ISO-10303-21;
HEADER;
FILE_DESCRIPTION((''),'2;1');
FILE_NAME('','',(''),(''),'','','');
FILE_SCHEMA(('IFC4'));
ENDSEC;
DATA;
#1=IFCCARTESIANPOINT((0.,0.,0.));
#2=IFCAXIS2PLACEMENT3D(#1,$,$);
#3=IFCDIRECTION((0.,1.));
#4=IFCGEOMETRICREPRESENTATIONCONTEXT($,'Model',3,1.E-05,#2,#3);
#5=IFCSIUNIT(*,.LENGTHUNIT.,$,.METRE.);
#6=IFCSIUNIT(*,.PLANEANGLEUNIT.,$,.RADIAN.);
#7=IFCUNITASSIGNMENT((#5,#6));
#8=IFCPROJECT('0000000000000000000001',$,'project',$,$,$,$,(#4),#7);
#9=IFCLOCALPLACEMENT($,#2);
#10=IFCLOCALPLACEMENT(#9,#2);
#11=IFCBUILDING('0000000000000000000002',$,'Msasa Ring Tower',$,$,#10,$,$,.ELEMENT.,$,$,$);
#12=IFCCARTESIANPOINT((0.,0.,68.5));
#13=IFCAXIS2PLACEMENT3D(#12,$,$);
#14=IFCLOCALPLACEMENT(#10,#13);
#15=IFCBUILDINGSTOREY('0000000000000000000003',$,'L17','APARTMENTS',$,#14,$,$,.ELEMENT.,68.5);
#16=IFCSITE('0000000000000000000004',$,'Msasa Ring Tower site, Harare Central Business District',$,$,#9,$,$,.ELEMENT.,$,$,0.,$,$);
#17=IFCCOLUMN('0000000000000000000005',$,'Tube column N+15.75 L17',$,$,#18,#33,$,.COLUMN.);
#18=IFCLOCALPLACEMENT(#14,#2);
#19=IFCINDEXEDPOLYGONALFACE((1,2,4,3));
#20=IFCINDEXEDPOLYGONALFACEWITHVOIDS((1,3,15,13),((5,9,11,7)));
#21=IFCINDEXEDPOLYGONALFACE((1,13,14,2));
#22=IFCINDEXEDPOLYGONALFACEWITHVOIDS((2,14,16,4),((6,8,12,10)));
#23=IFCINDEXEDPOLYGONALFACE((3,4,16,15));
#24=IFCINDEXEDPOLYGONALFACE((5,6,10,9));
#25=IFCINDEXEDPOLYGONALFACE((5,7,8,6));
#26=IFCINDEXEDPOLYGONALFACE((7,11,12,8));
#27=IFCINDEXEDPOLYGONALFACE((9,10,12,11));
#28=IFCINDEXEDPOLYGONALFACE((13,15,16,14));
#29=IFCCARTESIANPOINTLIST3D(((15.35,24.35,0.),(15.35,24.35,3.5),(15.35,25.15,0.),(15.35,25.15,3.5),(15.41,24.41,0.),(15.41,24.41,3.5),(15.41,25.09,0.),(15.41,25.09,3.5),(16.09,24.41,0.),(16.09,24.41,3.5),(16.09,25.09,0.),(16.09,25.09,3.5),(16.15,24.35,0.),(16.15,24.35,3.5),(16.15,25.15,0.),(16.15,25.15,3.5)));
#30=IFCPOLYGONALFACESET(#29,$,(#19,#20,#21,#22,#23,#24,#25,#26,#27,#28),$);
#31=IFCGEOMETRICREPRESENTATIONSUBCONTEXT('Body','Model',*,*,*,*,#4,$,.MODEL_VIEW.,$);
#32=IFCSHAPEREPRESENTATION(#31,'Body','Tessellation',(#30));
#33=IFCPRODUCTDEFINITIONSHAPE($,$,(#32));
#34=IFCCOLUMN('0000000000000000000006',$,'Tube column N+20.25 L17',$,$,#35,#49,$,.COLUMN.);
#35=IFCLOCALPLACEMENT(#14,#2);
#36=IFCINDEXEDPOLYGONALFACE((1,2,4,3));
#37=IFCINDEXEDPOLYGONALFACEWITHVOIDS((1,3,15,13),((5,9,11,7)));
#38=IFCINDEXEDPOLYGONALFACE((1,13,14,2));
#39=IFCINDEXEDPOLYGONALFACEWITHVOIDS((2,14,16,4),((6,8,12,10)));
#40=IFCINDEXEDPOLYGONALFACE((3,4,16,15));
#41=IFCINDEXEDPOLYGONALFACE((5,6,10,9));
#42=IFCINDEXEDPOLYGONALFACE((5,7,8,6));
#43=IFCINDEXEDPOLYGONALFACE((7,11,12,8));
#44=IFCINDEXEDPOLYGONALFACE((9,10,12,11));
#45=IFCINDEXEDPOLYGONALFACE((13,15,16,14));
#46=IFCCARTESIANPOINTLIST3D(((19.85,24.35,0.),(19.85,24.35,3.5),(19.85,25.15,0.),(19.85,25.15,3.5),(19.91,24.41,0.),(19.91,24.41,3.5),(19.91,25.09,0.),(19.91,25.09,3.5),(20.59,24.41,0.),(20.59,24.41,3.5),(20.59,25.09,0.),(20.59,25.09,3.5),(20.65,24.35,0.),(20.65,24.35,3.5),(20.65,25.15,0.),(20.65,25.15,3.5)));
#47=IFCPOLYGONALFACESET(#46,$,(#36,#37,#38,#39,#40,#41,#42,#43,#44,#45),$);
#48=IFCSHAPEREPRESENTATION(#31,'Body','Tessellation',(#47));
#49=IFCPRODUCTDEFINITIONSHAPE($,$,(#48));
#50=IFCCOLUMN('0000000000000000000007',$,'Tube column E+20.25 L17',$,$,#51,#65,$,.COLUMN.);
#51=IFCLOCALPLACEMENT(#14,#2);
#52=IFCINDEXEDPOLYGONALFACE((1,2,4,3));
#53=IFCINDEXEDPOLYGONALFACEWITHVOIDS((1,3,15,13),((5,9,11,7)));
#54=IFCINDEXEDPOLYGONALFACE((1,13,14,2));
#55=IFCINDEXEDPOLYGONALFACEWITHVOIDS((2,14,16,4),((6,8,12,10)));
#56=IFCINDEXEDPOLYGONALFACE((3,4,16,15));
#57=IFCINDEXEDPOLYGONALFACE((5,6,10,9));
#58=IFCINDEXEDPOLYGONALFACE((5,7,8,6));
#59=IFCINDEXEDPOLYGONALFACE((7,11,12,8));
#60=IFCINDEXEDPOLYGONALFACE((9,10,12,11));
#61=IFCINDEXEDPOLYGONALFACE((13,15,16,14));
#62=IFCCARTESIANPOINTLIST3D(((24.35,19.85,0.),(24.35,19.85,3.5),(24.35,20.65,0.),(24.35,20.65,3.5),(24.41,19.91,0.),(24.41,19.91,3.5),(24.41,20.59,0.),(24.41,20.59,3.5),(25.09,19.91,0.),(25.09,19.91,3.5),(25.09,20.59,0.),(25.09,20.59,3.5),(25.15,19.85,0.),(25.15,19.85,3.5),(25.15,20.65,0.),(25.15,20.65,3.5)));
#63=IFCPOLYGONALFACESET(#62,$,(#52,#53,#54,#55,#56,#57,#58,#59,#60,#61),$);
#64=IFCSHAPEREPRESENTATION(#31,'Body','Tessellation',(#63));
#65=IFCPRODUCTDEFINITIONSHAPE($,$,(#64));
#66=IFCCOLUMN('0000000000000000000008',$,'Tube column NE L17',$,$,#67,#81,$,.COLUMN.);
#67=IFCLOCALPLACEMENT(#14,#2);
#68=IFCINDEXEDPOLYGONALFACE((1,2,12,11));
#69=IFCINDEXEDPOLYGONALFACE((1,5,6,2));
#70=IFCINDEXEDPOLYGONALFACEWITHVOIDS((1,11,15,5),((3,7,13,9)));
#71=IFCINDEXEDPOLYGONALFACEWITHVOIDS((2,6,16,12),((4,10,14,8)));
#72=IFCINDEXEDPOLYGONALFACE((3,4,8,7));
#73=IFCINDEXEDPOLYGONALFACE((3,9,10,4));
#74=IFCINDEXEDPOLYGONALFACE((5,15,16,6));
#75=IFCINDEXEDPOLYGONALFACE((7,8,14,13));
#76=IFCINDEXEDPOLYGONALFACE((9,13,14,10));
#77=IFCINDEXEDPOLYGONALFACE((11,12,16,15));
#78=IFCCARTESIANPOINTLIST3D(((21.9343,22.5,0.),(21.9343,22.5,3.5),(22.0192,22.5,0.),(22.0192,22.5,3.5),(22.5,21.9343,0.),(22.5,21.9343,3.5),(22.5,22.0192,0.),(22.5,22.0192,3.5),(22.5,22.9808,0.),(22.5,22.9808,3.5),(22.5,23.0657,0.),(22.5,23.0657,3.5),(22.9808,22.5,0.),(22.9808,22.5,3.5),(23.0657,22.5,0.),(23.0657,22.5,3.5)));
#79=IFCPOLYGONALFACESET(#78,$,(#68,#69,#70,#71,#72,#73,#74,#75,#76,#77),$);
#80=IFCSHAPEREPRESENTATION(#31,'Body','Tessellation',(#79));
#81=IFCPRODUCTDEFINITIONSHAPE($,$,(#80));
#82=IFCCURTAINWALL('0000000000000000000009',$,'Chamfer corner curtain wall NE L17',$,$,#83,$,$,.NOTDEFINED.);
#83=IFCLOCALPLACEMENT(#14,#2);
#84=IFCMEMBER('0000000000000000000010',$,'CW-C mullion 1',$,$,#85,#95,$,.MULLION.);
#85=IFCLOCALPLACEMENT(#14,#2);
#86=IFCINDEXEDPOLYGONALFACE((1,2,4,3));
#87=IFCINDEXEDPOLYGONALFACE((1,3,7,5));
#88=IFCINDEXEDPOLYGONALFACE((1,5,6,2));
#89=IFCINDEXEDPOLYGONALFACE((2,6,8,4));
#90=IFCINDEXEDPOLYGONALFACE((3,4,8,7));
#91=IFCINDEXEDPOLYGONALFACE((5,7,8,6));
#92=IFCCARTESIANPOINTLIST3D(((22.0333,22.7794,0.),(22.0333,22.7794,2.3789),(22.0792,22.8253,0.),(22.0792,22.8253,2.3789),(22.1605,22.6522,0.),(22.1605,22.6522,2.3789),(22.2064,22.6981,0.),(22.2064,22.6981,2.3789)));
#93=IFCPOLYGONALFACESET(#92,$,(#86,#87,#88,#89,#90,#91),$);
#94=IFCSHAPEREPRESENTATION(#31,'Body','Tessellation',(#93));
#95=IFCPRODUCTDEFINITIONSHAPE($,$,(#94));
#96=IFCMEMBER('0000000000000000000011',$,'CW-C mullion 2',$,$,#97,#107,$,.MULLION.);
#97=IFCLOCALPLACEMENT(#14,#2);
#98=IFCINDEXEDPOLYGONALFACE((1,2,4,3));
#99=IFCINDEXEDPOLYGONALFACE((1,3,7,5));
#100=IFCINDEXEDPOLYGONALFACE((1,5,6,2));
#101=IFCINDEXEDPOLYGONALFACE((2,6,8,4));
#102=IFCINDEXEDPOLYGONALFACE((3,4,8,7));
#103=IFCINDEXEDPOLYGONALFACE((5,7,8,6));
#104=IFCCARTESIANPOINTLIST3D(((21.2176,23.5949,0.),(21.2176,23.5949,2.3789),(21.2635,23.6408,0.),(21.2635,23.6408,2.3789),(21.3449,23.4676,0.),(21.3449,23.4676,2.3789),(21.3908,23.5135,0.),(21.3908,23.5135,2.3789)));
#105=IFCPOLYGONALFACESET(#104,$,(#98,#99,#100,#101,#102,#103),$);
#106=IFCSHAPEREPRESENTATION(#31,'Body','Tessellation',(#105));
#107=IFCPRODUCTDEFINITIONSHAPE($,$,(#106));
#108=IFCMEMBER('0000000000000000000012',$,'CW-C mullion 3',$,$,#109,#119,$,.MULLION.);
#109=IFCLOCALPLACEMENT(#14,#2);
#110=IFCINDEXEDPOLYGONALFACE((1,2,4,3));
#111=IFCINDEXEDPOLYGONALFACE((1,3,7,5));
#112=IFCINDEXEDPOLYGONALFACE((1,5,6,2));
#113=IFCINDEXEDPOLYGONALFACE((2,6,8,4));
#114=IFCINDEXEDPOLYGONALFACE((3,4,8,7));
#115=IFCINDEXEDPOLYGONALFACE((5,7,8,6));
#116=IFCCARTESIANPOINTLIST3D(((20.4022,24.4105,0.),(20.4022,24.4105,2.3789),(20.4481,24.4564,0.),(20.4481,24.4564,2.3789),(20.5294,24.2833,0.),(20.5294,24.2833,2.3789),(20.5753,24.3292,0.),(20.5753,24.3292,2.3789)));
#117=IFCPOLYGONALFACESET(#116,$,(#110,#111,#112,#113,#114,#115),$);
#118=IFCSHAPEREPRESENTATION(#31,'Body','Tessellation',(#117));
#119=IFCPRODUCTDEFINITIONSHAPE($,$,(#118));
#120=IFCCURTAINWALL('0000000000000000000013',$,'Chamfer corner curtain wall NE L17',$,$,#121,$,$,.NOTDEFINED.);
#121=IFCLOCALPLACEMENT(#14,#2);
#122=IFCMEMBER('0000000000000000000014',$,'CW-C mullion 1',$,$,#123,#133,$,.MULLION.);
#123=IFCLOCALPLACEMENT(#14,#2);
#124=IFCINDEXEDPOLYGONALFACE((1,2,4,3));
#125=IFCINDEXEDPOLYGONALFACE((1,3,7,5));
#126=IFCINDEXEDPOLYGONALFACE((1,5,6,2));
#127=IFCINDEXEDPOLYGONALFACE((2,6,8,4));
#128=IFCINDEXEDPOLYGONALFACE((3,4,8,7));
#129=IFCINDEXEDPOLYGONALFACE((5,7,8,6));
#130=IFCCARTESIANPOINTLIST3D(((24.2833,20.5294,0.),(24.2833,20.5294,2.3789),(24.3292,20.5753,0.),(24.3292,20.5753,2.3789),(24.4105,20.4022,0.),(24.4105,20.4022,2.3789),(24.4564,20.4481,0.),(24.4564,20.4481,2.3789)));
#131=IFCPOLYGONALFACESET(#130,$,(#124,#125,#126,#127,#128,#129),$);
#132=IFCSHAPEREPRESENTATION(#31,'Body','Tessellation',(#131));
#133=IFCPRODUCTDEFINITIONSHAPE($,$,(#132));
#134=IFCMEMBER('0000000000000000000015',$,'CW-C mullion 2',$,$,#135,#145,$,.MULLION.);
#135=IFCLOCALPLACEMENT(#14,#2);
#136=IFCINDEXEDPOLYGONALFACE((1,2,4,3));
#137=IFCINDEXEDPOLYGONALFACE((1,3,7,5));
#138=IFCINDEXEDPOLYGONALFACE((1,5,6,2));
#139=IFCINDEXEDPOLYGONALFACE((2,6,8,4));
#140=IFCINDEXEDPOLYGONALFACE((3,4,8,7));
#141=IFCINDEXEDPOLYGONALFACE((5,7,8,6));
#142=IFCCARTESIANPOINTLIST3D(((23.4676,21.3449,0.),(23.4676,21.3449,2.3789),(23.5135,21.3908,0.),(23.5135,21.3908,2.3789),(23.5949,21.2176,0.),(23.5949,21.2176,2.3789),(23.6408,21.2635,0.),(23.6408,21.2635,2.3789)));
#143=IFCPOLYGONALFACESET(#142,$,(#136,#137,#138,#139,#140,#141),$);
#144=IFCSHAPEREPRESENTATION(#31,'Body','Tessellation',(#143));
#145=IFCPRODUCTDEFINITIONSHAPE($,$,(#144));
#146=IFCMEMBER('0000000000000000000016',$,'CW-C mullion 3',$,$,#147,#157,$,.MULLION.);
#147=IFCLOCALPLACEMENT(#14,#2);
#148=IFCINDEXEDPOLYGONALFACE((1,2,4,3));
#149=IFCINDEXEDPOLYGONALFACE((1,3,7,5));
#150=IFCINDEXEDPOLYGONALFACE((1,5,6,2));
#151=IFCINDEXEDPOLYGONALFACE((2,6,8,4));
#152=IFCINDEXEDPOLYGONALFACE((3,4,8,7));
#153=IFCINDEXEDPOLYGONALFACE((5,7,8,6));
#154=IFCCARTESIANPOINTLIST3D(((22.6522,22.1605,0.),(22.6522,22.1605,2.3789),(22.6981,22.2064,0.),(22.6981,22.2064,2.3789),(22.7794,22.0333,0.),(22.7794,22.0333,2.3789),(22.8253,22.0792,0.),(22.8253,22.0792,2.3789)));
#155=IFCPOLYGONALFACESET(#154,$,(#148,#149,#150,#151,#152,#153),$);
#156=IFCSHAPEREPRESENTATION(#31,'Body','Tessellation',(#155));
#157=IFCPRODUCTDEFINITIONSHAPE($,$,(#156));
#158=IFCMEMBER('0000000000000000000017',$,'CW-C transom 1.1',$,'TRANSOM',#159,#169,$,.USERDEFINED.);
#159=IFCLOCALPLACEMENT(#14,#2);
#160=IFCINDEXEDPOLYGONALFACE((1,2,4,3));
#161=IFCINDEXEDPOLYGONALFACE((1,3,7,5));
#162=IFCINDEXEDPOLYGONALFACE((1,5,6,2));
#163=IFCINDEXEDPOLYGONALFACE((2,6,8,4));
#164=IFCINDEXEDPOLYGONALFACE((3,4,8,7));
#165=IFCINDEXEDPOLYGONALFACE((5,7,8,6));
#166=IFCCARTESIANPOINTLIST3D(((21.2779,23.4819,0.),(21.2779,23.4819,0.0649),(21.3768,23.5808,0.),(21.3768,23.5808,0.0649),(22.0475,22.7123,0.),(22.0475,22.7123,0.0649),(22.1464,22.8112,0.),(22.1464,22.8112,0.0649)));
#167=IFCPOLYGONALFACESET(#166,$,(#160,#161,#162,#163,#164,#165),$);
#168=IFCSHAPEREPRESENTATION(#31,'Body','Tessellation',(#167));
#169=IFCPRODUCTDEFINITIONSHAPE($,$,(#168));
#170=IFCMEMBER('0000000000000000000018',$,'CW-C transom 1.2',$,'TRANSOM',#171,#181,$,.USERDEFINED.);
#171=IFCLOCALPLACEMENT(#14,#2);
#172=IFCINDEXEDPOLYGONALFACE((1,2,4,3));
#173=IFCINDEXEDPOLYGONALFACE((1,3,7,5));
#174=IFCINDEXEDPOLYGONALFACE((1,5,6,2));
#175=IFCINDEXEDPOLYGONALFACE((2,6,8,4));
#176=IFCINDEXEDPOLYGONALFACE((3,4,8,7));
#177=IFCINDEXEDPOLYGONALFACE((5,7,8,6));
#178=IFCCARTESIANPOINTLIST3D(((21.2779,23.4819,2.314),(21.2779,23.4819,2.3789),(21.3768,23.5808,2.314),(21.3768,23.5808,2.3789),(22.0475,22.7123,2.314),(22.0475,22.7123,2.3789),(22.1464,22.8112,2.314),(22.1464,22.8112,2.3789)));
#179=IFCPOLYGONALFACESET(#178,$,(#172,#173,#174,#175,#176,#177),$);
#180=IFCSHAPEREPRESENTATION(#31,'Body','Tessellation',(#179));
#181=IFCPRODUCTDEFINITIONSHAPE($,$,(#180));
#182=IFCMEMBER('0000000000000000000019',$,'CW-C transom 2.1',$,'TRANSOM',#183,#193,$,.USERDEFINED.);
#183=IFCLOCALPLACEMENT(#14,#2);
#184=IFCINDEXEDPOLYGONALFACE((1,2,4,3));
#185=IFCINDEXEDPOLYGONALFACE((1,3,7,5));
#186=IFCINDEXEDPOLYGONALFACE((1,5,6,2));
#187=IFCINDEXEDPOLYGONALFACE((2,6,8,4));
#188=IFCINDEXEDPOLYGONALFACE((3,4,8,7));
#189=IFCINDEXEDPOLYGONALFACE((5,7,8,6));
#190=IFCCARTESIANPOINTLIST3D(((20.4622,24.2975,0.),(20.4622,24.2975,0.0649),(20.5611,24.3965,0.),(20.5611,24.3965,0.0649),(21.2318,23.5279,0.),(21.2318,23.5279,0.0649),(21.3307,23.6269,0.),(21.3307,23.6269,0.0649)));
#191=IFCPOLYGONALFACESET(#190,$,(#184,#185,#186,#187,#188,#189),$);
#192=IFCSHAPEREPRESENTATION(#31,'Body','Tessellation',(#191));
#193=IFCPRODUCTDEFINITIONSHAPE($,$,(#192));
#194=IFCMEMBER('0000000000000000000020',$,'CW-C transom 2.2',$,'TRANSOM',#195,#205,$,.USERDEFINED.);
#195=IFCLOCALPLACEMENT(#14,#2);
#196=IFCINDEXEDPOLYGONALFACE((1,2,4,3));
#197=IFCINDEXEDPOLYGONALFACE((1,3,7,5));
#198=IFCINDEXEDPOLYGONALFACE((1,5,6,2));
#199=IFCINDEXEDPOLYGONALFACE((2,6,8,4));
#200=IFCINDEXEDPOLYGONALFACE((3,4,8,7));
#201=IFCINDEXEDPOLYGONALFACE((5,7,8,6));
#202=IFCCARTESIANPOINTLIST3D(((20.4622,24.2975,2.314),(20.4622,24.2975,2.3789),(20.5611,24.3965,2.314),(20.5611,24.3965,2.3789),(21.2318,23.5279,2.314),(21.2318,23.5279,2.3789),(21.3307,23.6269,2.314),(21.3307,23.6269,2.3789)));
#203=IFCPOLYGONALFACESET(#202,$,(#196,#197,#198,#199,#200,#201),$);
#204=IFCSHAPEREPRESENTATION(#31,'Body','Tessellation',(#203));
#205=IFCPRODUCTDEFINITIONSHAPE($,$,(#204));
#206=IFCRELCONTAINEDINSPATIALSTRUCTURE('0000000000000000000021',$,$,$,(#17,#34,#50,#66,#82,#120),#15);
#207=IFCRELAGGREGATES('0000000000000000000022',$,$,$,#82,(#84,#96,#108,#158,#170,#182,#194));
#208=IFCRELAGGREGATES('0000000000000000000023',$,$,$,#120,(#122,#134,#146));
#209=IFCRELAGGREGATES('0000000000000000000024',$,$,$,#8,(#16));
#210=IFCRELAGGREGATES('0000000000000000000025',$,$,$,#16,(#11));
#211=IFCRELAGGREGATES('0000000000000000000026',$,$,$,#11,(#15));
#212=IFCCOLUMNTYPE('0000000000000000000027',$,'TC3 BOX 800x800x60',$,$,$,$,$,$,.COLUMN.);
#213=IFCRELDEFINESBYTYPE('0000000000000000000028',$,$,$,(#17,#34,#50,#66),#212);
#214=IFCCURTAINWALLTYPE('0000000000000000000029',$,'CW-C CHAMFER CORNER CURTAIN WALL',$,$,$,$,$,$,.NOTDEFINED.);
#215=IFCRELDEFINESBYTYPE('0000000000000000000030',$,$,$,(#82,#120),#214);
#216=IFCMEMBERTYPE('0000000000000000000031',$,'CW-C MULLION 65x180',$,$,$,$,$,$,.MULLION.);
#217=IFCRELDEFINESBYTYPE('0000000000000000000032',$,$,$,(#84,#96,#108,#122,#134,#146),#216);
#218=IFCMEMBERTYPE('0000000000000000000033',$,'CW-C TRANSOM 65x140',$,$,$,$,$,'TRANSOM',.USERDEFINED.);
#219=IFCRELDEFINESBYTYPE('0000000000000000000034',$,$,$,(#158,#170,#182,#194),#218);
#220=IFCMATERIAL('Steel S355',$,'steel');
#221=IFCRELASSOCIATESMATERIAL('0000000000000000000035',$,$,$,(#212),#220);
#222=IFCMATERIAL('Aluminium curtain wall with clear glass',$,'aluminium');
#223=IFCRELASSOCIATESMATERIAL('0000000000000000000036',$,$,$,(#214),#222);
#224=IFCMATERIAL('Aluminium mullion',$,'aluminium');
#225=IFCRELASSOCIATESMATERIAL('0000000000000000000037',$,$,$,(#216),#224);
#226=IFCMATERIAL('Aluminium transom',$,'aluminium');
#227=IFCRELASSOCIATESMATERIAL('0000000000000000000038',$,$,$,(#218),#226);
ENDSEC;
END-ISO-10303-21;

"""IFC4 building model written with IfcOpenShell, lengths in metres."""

from ifc_helpers import new_model, si_unit, direction, frame, origin, origin_2d, place, context, subcontext, project, spatial, rectangle, hollow_rectangle, extrude, material, material_profile, profile_set, type_object, element, aggregate, save


model = new_model("IFC4")

# Units and contexts
model_context = context("Model", 3, precision=1e-05, world=origin(), true_north=direction((0.0, 1.0)))
body_context = subcontext(model_context, "Body", "Model", "MODEL_VIEW")
ifc_project = project(units=[si_unit("LENGTHUNIT", "METRE"), si_unit("PLANEANGLEUNIT", "RADIAN")], contexts=[model_context])

# Site, building, storey
site_placement = place(None, origin())
site = spatial("IfcSite", under=ifc_project, at=site_placement, Name="Msasa Ring Tower site, Harare Central Business District", CompositionType="ELEMENT", RefElevation=0.0)
building_placement = place(site_placement, origin())
building = spatial("IfcBuilding", under=site, at=building_placement, Name="Msasa Ring Tower", CompositionType="ELEMENT")
storey_placement = place(building_placement, frame((0.0, 0.0, 68.5)))
storey = spatial("IfcBuildingStorey", under=building, at=storey_placement, Name="L17", Description="APARTMENTS", CompositionType="ELEMENT", Elevation=68.5)

# Columns
ifc_material_1 = material(Name="Steel S355", Category="steel")
ifc_material_profile_1 = material_profile(ifc_material_1, hollow_rectangle(XDim=0.8, YDim=0.8, WallThickness=0.0601, at=origin_2d()), Name="BOX 800x800x60")
ifc_profile_set_1 = profile_set([ifc_material_profile_1], Name="Steel S355")
column_type = type_object("IfcColumnType", Name="TC3 BOX 800x800x60", PredefinedType="COLUMN", material=ifc_profile_set_1)
for number, where, z_axis, x_axis, name in (
    (1, (15.75, 24.75, 0.0), (0.0, 0.0, 1.0), (0.0, 1.0, 0.0), "Tube column N+15.75 L17"),
    (2, (20.25, 24.75, 0.0), (0.0, 0.0, 1.0), (0.0, 1.0, 0.0), "Tube column N+20.25 L17"),
    (3, (24.75, 20.25, 0.0), (0.0, 0.0, 1.0), (1.0, 0.0, 0.0), "Tube column E+20.25 L17"),
    (4, (22.5, 22.5, 0.0), (0.0, 0.0, 1.0), (0.707107, 0.707107, 0.0), "Tube column NE L17"),
):
    element("IfcColumn", number, at=place(storey_placement, frame(where, z_axis=z_axis, x_axis=x_axis)), inside=storey, type_object=column_type, Name=name, PredefinedType="COLUMN", context=body_context, shape_type="SweptSolid", body=[
        extrude(hollow_rectangle(XDim=0.8, YDim=0.8, WallThickness=0.0601, at=origin_2d()), origin(), (0.0, 0.0, 1.0), 3.5),
    ])

# Curtain walls, members
ifc_material_2 = material(Name="Aluminium curtain wall with clear glass", Category="aluminium")
curtain_wall_type = type_object("IfcCurtainWallType", Name="CW-C CHAMFER CORNER CURTAIN WALL", PredefinedType="NOTDEFINED", material=ifc_material_2)
curtain_wall_1_placement = place(storey_placement, origin())
curtain_wall_1 = element("IfcCurtainWall", 5, at=curtain_wall_1_placement, inside=storey, type_object=curtain_wall_type, Name="Chamfer corner curtain wall NE L17", PredefinedType="NOTDEFINED")
ifc_material_3 = material(Name="Aluminium mullion", Category="aluminium")
ifc_material_profile_2 = material_profile(ifc_material_3, rectangle(XDim=0.0649, YDim=0.1799, at=origin_2d()), Name="AL 65x180")
ifc_profile_set_2 = profile_set([ifc_material_profile_2], Name="Aluminium mullion")
member_type_1 = type_object("IfcMemberType", Name="CW-C MULLION 65x180", PredefinedType="MULLION", material=ifc_profile_set_2)
member_1_placement = place(storey_placement, frame((22.1199, 22.7388, 0.0), z_axis=(0.0, 0.0, 1.0), x_axis=(-0.707107, -0.707107, 0.0)))
member_1 = element("IfcMember", 6, at=member_1_placement, type_object=member_type_1, Name="CW-C mullion 1", PredefinedType="MULLION", context=body_context, shape_type="SweptSolid", body=[
    extrude(rectangle(XDim=0.0649, YDim=0.1799, at=origin_2d()), origin(), (0.0, 0.0, 1.0), 2.3789),
])
member_2_placement = place(storey_placement, frame((21.3042, 23.5542, 0.0), z_axis=(0.0, 0.0, 1.0), x_axis=(-0.707107, -0.707107, 0.0)))
member_2 = element("IfcMember", 7, at=member_2_placement, type_object=member_type_1, Name="CW-C mullion 2", PredefinedType="MULLION", context=body_context, shape_type="SweptSolid", body=[
    extrude(rectangle(XDim=0.0649, YDim=0.1799, at=origin_2d()), origin(), (0.0, 0.0, 1.0), 2.3789),
])
member_3_placement = place(storey_placement, frame((20.4888, 24.3699, 0.0), z_axis=(0.0, 0.0, 1.0), x_axis=(-0.707107, -0.707107, 0.0)))
member_3 = element("IfcMember", 8, at=member_3_placement, type_object=member_type_1, Name="CW-C mullion 3", PredefinedType="MULLION", context=body_context, shape_type="SweptSolid", body=[
    extrude(rectangle(XDim=0.0649, YDim=0.1799, at=origin_2d()), origin(), (0.0, 0.0, 1.0), 2.3789),
])
curtain_wall_2_placement = place(storey_placement, origin())
curtain_wall_2 = element("IfcCurtainWall", 9, at=curtain_wall_2_placement, inside=storey, type_object=curtain_wall_type, Name="Chamfer corner curtain wall NE L17", PredefinedType="NOTDEFINED")
member_4_placement = place(storey_placement, frame((24.3699, 20.4888, 0.0), z_axis=(0.0, 0.0, 1.0), x_axis=(-0.707107, -0.707107, 0.0)))
member_4 = element("IfcMember", 10, at=member_4_placement, type_object=member_type_1, Name="CW-C mullion 1", PredefinedType="MULLION", context=body_context, shape_type="SweptSolid", body=[
    extrude(rectangle(XDim=0.0649, YDim=0.1799, at=origin_2d()), origin(), (0.0, 0.0, 1.0), 2.3789),
])
member_5_placement = place(storey_placement, frame((23.5542, 21.3042, 0.0), z_axis=(0.0, 0.0, 1.0), x_axis=(-0.707107, -0.707107, 0.0)))
member_5 = element("IfcMember", 11, at=member_5_placement, type_object=member_type_1, Name="CW-C mullion 2", PredefinedType="MULLION", context=body_context, shape_type="SweptSolid", body=[
    extrude(rectangle(XDim=0.0649, YDim=0.1799, at=origin_2d()), origin(), (0.0, 0.0, 1.0), 2.3789),
])
member_6_placement = place(storey_placement, frame((22.7388, 22.1199, 0.0), z_axis=(0.0, 0.0, 1.0), x_axis=(-0.707107, -0.707107, 0.0)))
member_6 = element("IfcMember", 12, at=member_6_placement, type_object=member_type_1, Name="CW-C mullion 3", PredefinedType="MULLION", context=body_context, shape_type="SweptSolid", body=[
    extrude(rectangle(XDim=0.0649, YDim=0.1799, at=origin_2d()), origin(), (0.0, 0.0, 1.0), 2.3789),
])

# Members
ifc_material_4 = material(Name="Aluminium transom", Category="aluminium")
ifc_material_profile_3 = material_profile(ifc_material_4, rectangle(XDim=0.1399, YDim=0.0649, at=origin_2d()), Name="AL 65x140")
ifc_profile_set_3 = profile_set([ifc_material_profile_3], Name="Aluminium transom")
member_type_2 = type_object("IfcMemberType", Name="CW-C TRANSOM 65x140", ElementType="TRANSOM", PredefinedType="USERDEFINED", material=ifc_profile_set_3)
member_7_placement = place(storey_placement, frame((22.0969, 22.7617, 0.0325), z_axis=(-0.707107, 0.707107, 0.0), x_axis=(-0.707107, -0.707107, 0.0)))
member_7 = element("IfcMember", 13, at=member_7_placement, type_object=member_type_2, Name="CW-C transom 1.1", ObjectType="TRANSOM", PredefinedType="USERDEFINED", context=body_context, shape_type="SweptSolid", body=[
    extrude(rectangle(XDim=0.1399, YDim=0.0649, at=origin_2d()), origin(), (0.0, 0.0, 1.0), 1.0884),
])
member_8_placement = place(storey_placement, frame((22.0969, 22.7617, 2.3464), z_axis=(-0.707107, 0.707107, 0.0), x_axis=(-0.707107, -0.707107, 0.0)))
member_8 = element("IfcMember", 14, at=member_8_placement, type_object=member_type_2, Name="CW-C transom 1.2", ObjectType="TRANSOM", PredefinedType="USERDEFINED", context=body_context, shape_type="SweptSolid", body=[
    extrude(rectangle(XDim=0.1399, YDim=0.0649, at=origin_2d()), origin(), (0.0, 0.0, 1.0), 1.0884),
])
member_9_placement = place(storey_placement, frame((21.2812, 23.5774, 0.0325), z_axis=(-0.707107, 0.707107, 0.0), x_axis=(-0.707107, -0.707107, 0.0)))
member_9 = element("IfcMember", 15, at=member_9_placement, type_object=member_type_2, Name="CW-C transom 2.1", ObjectType="TRANSOM", PredefinedType="USERDEFINED", context=body_context, shape_type="SweptSolid", body=[
    extrude(rectangle(XDim=0.1399, YDim=0.0649, at=origin_2d()), origin(), (0.0, 0.0, 1.0), 1.0884),
])
member_10_placement = place(storey_placement, frame((21.2812, 23.5774, 2.3464), z_axis=(-0.707107, 0.707107, 0.0), x_axis=(-0.707107, -0.707107, 0.0)))
member_10 = element("IfcMember", 16, at=member_10_placement, type_object=member_type_2, Name="CW-C transom 2.2", ObjectType="TRANSOM", PredefinedType="USERDEFINED", context=body_context, shape_type="SweptSolid", body=[
    extrude(rectangle(XDim=0.1399, YDim=0.0649, at=origin_2d()), origin(), (0.0, 0.0, 1.0), 1.0884),
])

aggregate(curtain_wall_1, [member_1, member_2, member_3, member_7, member_8, member_9, member_10])
aggregate(curtain_wall_2, [member_4, member_5, member_6])

save(model, "model.ifc")
